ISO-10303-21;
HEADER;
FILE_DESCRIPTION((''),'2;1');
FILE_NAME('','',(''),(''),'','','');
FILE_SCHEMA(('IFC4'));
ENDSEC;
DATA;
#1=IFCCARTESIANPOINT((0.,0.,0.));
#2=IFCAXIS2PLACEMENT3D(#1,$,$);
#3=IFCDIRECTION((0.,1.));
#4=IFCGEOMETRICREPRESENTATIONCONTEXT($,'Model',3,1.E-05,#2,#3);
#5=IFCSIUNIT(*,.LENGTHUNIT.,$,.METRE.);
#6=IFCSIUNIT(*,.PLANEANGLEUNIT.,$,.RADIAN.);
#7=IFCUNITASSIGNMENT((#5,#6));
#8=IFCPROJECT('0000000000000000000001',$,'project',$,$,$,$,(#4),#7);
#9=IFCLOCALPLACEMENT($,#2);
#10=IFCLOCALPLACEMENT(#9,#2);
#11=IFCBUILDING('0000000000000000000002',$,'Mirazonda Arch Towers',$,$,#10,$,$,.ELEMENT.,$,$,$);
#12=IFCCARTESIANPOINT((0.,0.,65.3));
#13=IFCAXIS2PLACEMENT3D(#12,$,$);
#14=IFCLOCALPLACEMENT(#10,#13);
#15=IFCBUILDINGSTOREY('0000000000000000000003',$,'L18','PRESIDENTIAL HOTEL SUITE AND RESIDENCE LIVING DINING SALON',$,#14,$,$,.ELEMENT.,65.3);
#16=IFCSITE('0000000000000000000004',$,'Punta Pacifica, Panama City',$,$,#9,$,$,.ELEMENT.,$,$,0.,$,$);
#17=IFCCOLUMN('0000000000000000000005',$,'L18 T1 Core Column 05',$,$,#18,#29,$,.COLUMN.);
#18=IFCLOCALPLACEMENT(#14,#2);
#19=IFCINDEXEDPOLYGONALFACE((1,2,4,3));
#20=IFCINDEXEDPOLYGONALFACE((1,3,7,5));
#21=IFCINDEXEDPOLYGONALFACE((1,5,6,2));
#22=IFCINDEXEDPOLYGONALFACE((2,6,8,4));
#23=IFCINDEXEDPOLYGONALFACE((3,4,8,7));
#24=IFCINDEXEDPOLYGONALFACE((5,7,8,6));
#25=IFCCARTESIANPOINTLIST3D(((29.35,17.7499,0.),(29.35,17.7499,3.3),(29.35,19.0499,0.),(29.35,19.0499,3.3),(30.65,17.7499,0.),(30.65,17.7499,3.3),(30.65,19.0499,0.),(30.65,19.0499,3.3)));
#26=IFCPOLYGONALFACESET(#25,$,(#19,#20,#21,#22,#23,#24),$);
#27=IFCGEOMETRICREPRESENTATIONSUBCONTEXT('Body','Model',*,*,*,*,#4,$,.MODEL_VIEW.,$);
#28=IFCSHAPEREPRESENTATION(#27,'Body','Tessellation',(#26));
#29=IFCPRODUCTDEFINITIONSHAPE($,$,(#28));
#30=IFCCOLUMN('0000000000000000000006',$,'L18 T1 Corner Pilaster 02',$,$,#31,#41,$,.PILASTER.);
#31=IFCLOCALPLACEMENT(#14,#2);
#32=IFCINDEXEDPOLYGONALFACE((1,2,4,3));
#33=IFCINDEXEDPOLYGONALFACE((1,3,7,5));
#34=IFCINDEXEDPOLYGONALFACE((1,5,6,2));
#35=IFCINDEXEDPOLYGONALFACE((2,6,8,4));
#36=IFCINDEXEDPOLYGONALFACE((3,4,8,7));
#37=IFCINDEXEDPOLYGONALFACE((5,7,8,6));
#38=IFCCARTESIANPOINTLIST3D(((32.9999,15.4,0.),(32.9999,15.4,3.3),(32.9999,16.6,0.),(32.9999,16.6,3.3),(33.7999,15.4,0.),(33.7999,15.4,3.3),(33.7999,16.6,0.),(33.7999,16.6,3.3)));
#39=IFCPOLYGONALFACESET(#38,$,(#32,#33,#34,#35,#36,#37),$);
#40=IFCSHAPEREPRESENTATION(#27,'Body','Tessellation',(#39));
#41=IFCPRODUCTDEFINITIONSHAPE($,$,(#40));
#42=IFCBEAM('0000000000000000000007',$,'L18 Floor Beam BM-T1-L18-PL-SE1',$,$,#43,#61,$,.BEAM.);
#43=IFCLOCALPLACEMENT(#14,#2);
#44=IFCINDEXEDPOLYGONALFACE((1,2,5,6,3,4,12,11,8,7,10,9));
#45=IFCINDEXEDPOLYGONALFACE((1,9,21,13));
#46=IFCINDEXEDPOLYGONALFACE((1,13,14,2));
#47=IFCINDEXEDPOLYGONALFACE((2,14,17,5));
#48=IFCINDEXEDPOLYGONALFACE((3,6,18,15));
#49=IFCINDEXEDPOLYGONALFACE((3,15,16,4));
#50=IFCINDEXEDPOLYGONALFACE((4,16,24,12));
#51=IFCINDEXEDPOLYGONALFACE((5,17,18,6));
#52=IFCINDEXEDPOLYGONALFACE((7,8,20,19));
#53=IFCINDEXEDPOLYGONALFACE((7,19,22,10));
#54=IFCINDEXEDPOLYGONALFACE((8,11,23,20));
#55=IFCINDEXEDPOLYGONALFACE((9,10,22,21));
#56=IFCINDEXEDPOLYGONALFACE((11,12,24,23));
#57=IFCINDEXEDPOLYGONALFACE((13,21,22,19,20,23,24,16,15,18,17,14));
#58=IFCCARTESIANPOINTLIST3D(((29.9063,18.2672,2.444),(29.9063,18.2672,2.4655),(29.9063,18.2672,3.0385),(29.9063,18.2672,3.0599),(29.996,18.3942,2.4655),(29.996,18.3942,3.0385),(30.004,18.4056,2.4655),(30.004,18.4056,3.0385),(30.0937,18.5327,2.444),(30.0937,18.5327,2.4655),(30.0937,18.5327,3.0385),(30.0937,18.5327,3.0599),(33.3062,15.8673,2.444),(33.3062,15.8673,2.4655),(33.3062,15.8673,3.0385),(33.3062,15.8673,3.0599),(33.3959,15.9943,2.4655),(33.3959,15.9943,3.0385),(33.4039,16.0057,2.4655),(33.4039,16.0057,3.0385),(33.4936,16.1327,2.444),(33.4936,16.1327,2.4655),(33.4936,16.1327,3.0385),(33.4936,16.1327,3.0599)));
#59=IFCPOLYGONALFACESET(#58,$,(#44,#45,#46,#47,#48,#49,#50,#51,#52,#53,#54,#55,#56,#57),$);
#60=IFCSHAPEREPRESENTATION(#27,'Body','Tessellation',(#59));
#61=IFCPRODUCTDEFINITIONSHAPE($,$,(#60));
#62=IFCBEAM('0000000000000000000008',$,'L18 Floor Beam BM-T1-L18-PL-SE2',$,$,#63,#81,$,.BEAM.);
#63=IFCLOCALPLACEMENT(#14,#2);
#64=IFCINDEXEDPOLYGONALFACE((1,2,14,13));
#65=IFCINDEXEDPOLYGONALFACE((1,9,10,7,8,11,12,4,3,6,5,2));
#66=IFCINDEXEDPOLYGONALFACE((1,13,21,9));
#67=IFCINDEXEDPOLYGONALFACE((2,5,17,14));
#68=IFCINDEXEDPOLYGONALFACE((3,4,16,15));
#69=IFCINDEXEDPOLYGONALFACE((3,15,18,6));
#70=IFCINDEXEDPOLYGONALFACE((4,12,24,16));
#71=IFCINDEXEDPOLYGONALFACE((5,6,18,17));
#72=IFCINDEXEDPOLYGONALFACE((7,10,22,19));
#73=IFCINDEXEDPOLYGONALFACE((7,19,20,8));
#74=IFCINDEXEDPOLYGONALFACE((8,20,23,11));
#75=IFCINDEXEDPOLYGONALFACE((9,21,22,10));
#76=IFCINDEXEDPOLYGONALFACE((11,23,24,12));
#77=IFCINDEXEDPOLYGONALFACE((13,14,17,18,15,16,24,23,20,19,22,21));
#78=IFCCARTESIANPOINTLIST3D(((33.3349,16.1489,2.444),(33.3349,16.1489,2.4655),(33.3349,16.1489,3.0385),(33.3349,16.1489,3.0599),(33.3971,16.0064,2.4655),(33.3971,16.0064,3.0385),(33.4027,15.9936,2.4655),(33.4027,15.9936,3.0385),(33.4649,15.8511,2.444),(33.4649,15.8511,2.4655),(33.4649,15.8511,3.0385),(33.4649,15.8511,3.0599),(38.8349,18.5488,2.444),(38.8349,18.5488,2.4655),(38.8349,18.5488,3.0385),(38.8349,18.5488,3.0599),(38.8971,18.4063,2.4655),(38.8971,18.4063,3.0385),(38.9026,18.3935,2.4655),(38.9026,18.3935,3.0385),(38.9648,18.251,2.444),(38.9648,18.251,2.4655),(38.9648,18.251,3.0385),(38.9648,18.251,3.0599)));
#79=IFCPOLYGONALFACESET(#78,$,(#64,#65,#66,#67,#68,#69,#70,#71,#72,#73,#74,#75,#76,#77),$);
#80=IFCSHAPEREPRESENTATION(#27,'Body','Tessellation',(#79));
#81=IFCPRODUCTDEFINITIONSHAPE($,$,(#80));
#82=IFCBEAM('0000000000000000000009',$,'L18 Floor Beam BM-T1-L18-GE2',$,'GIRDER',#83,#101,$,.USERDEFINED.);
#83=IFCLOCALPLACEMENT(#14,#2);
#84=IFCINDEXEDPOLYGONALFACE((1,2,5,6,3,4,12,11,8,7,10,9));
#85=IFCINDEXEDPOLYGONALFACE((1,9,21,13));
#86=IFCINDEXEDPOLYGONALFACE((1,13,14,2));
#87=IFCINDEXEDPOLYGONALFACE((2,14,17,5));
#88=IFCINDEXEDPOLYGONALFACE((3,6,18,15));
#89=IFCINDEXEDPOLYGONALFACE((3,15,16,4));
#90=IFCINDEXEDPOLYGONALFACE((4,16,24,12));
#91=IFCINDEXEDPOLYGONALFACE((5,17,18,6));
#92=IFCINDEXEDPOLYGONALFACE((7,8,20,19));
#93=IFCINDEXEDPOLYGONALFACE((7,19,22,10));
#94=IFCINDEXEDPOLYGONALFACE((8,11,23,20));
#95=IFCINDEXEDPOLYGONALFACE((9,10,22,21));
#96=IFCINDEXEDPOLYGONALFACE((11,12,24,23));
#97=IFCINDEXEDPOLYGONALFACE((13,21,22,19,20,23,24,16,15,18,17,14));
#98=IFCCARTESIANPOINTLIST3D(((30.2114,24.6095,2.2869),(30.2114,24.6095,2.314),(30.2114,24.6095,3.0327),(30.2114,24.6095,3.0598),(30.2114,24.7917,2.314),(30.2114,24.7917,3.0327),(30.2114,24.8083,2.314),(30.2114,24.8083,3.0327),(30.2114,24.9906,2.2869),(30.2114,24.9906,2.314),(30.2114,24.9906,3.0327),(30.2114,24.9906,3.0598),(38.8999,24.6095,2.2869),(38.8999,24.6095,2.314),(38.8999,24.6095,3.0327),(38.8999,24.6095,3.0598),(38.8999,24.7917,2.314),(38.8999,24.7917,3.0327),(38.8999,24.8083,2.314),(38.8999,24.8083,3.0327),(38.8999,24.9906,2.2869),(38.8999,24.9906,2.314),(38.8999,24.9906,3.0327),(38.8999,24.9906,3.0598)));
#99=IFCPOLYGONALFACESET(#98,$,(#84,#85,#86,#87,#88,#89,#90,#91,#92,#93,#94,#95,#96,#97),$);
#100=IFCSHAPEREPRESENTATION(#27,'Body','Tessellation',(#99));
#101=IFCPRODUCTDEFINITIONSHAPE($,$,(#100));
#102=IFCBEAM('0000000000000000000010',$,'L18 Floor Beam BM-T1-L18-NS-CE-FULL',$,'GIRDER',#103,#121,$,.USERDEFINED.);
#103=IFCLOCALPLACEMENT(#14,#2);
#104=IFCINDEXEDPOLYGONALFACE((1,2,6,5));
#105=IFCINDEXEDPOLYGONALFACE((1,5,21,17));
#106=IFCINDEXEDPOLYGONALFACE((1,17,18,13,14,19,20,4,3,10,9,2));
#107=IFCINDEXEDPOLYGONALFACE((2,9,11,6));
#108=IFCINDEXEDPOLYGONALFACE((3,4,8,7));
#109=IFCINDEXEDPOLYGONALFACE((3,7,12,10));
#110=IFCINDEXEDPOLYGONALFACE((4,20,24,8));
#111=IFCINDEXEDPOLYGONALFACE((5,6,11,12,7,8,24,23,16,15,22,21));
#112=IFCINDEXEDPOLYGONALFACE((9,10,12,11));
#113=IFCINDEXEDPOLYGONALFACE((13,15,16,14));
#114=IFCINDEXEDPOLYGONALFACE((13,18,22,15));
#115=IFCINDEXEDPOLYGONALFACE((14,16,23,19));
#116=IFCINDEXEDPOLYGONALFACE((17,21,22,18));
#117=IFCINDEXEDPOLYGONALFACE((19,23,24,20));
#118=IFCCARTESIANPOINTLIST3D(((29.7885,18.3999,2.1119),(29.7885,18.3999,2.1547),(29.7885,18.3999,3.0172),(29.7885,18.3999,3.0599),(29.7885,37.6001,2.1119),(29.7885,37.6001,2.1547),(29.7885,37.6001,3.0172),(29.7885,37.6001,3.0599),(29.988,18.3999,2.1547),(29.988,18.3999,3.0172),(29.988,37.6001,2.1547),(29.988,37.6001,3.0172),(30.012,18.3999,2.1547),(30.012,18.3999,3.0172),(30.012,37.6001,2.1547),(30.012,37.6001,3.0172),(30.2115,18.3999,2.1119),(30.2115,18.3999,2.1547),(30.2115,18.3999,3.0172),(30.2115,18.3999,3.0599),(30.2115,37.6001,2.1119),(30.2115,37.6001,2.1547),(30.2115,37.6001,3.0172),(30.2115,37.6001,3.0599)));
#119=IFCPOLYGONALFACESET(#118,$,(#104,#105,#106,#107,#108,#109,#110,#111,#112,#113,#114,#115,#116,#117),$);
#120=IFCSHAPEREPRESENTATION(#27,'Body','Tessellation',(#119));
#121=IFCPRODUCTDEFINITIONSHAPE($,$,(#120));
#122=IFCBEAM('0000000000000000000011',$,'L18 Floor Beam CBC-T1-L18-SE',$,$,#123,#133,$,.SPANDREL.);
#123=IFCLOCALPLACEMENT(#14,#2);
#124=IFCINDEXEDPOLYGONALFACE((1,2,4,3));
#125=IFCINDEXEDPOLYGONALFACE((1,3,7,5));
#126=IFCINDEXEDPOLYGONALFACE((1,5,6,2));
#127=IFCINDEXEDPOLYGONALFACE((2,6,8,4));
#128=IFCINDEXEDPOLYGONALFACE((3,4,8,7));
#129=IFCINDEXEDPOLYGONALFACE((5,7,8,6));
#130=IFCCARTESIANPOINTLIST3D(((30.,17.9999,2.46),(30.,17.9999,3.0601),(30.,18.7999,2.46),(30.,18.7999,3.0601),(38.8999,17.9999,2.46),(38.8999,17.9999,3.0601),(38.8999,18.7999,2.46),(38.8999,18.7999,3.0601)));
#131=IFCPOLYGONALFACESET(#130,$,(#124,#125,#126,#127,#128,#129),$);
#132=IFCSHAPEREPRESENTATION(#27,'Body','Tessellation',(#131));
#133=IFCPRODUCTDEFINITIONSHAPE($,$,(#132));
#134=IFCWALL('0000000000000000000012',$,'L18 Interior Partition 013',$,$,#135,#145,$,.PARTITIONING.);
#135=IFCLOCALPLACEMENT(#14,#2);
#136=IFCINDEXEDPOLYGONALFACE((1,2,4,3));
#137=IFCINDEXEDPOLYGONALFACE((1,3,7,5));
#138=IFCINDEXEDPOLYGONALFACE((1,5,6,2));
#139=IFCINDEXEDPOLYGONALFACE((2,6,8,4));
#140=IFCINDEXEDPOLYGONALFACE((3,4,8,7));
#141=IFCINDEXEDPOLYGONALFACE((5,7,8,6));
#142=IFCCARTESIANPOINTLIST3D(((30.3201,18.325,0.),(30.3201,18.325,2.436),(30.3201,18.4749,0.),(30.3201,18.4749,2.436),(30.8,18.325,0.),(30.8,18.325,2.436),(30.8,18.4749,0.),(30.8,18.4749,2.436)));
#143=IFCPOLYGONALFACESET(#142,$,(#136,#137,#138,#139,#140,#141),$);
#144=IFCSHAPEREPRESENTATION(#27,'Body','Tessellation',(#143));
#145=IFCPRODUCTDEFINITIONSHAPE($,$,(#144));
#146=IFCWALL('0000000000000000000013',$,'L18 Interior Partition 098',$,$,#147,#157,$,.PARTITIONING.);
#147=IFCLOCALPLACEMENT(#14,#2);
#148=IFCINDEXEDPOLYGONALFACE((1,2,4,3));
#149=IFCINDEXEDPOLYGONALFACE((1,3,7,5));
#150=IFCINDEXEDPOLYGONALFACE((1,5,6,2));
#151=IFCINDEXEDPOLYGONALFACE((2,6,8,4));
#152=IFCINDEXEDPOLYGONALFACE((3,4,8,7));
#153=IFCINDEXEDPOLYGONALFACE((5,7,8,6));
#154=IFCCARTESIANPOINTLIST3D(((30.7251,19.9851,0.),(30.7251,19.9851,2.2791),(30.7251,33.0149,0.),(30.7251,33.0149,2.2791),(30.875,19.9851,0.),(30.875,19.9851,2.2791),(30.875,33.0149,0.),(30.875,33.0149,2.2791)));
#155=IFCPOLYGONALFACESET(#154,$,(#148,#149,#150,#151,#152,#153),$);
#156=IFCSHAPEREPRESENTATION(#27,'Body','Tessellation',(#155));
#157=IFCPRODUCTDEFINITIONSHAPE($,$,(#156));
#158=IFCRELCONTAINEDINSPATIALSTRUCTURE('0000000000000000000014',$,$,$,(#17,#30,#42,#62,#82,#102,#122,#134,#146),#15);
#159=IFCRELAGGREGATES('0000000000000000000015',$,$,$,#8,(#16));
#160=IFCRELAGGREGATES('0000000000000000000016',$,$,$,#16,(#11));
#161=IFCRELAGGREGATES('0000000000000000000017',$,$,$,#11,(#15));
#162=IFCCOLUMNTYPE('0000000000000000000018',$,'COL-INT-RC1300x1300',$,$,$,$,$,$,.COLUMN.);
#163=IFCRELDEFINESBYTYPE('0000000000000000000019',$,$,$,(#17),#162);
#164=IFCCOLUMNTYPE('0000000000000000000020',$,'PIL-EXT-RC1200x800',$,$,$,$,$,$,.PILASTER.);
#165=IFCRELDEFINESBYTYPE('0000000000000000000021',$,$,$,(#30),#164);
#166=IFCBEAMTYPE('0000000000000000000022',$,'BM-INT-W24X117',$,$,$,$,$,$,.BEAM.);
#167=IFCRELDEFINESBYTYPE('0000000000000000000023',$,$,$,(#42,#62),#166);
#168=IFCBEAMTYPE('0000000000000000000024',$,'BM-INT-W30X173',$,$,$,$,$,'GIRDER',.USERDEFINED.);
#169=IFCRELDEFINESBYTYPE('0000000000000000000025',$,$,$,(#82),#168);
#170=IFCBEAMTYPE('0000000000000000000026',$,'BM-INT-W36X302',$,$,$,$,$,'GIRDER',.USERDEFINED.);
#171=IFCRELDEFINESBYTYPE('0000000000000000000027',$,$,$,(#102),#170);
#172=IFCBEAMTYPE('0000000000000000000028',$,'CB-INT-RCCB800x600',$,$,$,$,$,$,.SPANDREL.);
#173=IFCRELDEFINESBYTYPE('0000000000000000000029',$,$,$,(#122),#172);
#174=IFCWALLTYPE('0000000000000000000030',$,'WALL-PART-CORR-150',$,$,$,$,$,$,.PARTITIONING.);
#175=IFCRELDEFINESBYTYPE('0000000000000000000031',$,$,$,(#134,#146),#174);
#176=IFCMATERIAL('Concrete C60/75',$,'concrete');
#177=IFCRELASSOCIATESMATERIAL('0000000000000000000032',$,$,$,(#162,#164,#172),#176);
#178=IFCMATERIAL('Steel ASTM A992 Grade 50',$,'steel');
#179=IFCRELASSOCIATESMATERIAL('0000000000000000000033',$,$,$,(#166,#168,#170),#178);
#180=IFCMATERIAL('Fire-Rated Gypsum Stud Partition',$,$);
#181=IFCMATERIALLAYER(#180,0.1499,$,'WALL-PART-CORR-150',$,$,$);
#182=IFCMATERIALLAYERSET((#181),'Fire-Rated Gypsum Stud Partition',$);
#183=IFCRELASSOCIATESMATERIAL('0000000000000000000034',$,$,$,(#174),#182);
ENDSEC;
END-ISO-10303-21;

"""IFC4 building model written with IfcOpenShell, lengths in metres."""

from ifc_helpers import new_model, si_unit, direction, frame, frame_2d, origin, origin_2d, place, context, subcontext, project, spatial, rectangle, i_section, extrude, material, layer, layer_set, material_profile, profile_set, type_object, element, save


model = new_model("IFC4")

# Units and contexts
model_context = context("Model", 3, precision=1e-05, world=origin(), true_north=direction((0.0, 1.0)))
body_context = subcontext(model_context, "Body", "Model", "MODEL_VIEW")
ifc_project = project(units=[si_unit("LENGTHUNIT", "METRE"), si_unit("PLANEANGLEUNIT", "RADIAN")], contexts=[model_context])

# Site, building, storey
site_placement = place(None, origin())
site = spatial("IfcSite", under=ifc_project, at=site_placement, Name="Punta Pacifica, Panama City", CompositionType="ELEMENT", RefElevation=0.0)
building_placement = place(site_placement, origin())
building = spatial("IfcBuilding", under=site, at=building_placement, Name="Mirazonda Arch Towers", CompositionType="ELEMENT")
storey_placement = place(building_placement, frame((0.0, 0.0, 65.3)))
storey = spatial("IfcBuildingStorey", under=building, at=storey_placement, Name="L18", Description="PRESIDENTIAL HOTEL SUITE AND RESIDENCE LIVING DINING SALON", CompositionType="ELEMENT", Elevation=65.3)

# Columns
ifc_material_1 = material(Name="Concrete C60/75", Category="concrete")
ifc_material_profile_1 = material_profile(ifc_material_1, rectangle(XDim=1.3, YDim=1.3, at=origin_2d()), Name="RC1300x1300")
ifc_profile_set_1 = profile_set([ifc_material_profile_1], Name="Concrete C60/75")
column_type_1 = type_object("IfcColumnType", Name="COL-INT-RC1300x1300", PredefinedType="COLUMN", material=ifc_profile_set_1)
column_1_placement = place(storey_placement, frame((30.0, 18.3999, 0.0), z_axis=(0.0, 0.0, 1.0), x_axis=(1.0, 0.0, 0.0)))
element("IfcColumn", 1, at=column_1_placement, inside=storey, type_object=column_type_1, Name="L18 T1 Core Column 05", PredefinedType="COLUMN", context=body_context, shape_type="SweptSolid", body=[
    extrude(rectangle(XDim=1.3, YDim=1.3, at=origin_2d()), origin(), (0.0, 0.0, 1.0), 3.3),
])
ifc_material_profile_2 = material_profile(ifc_material_1, rectangle(XDim=0.8, YDim=1.2, at=origin_2d()), Name="RC1200x800")
ifc_profile_set_2 = profile_set([ifc_material_profile_2], Name="Concrete C60/75")
column_type_2 = type_object("IfcColumnType", Name="PIL-EXT-RC1200x800", PredefinedType="PILASTER", material=ifc_profile_set_2)
column_2_placement = place(storey_placement, frame((33.3999, 16.0, 0.0), z_axis=(0.0, 0.0, 1.0), x_axis=(1.0, 0.0, 0.0)))
element("IfcColumn", 2, at=column_2_placement, inside=storey, type_object=column_type_2, Name="L18 T1 Corner Pilaster 02", PredefinedType="PILASTER", context=body_context, shape_type="SweptSolid", body=[
    extrude(rectangle(XDim=0.8, YDim=1.2, at=origin_2d()), origin(), (0.0, 0.0, 1.0), 3.3),
])

# Beams
ifc_material_2 = material(Name="Steel ASTM A992 Grade 50", Category="steel")
ifc_material_profile_3 = material_profile(ifc_material_2, i_section(OverallWidth=0.325, OverallDepth=0.616, WebThickness=0.0139, FlangeThickness=0.0215, at=origin_2d()), Name="W24X117")
ifc_profile_set_3 = profile_set([ifc_material_profile_3], Name="Steel ASTM A992 Grade 50")
beam_type_1 = type_object("IfcBeamType", Name="BM-INT-W24X117", PredefinedType="BEAM", material=ifc_profile_set_3)
beam_1_placement = place(storey_placement, frame((33.3999, 16.0, 2.752), z_axis=(-0.816971, 0.576679, 0.0), x_axis=(-0.576679, -0.816971, 0.0)))
element("IfcBeam", 3, at=beam_1_placement, inside=storey, type_object=beam_type_1, Name="L18 Floor Beam BM-T1-L18-PL-SE1", PredefinedType="BEAM", context=body_context, shape_type="SweptSolid", body=[
    extrude(i_section(OverallWidth=0.325, OverallDepth=0.616, WebThickness=0.0139, FlangeThickness=0.0215, at=origin_2d()), origin(), (0.0, 0.0, 1.0), 4.1616),
])
beam_2_placement = place(storey_placement, frame((33.3999, 16.0, 2.752), z_axis=(0.916545, 0.399931, 0.0), x_axis=(-0.399931, 0.916545, 0.0)))
element("IfcBeam", 4, at=beam_2_placement, inside=storey, type_object=beam_type_1, Name="L18 Floor Beam BM-T1-L18-PL-SE2", PredefinedType="BEAM", context=body_context, shape_type="SweptSolid", body=[
    extrude(i_section(OverallWidth=0.325, OverallDepth=0.616, WebThickness=0.0139, FlangeThickness=0.0215, at=origin_2d()), origin(), (0.0, 0.0, 1.0), 6.0007),
])
ifc_material_profile_4 = material_profile(ifc_material_2, i_section(OverallWidth=0.3811, OverallDepth=0.7729, WebThickness=0.0166, FlangeThickness=0.0271, at=origin_2d()), Name="W30X173")
ifc_profile_set_4 = profile_set([ifc_material_profile_4], Name="Steel ASTM A992 Grade 50")
beam_type_2 = type_object("IfcBeamType", Name="BM-INT-W30X173", ElementType="GIRDER", PredefinedType="USERDEFINED", material=ifc_profile_set_4)
beam_3_placement = place(storey_placement, frame((30.2114, 24.8, 2.6733), z_axis=(1.0, 0.0, 0.0), x_axis=(0.0, 1.0, 0.0)))
element("IfcBeam", 5, at=beam_3_placement, inside=storey, type_object=beam_type_2, Name="L18 Floor Beam BM-T1-L18-GE2", ObjectType="GIRDER", PredefinedType="USERDEFINED", context=body_context, shape_type="SweptSolid", body=[
    extrude(i_section(OverallWidth=0.3811, OverallDepth=0.7729, WebThickness=0.0166, FlangeThickness=0.0271, at=origin_2d()), origin(), (0.0, 0.0, 1.0), 8.6885),
])
ifc_material_profile_5 = material_profile(ifc_material_2, i_section(OverallWidth=0.4231, OverallDepth=0.948, WebThickness=0.0239, FlangeThickness=0.0427, at=origin_2d()), Name="W36X302")
ifc_profile_set_5 = profile_set([ifc_material_profile_5], Name="Steel ASTM A992 Grade 50")
beam_type_3 = type_object("IfcBeamType", Name="BM-INT-W36X302", ElementType="GIRDER", PredefinedType="USERDEFINED", material=ifc_profile_set_5)
beam_4_placement = place(storey_placement, frame((30.0, 18.3999, 2.5859), z_axis=(0.0, 1.0, 0.0), x_axis=(-1.0, 0.0, 0.0)))
element("IfcBeam", 6, at=beam_4_placement, inside=storey, type_object=beam_type_3, Name="L18 Floor Beam BM-T1-L18-NS-CE-FULL", ObjectType="GIRDER", PredefinedType="USERDEFINED", context=body_context, shape_type="SweptSolid", body=[
    extrude(i_section(OverallWidth=0.4231, OverallDepth=0.948, WebThickness=0.0239, FlangeThickness=0.0427, at=origin_2d()), origin(), (0.0, 0.0, 1.0), 19.2002),
])
ifc_material_profile_6 = material_profile(ifc_material_1, rectangle(XDim=0.8, YDim=0.6001, at=origin_2d()), Name="RCCB800x600")
ifc_profile_set_6 = profile_set([ifc_material_profile_6], Name="Concrete C60/75")
beam_type_4 = type_object("IfcBeamType", Name="CB-INT-RCCB800x600", PredefinedType="SPANDREL", material=ifc_profile_set_6)
beam_5_placement = place(storey_placement, frame((30.0, 18.3999, 2.76), z_axis=(1.0, 0.0, 0.0), x_axis=(0.0, 1.0, 0.0)))
element("IfcBeam", 7, at=beam_5_placement, inside=storey, type_object=beam_type_4, Name="L18 Floor Beam CBC-T1-L18-SE", PredefinedType="SPANDREL", context=body_context, shape_type="SweptSolid", body=[
    extrude(rectangle(XDim=0.8, YDim=0.6001, at=origin_2d()), origin(), (0.0, 0.0, 1.0), 8.8999),
])

# Walls
ifc_material_3 = material(Name="Fire-Rated Gypsum Stud Partition")
ifc_layer_1 = layer(ifc_material_3, 0.1499, Name="WALL-PART-CORR-150")
ifc_layer_set_1 = layer_set([ifc_layer_1], Name="Fire-Rated Gypsum Stud Partition")
wall_type_1 = type_object("IfcWallType", Name="WALL-PART-CORR-150", PredefinedType="PARTITIONING", material=ifc_layer_set_1)
wall_1_placement = place(storey_placement, frame((30.3201, 18.3999, 0.0), z_axis=(0.0, 0.0, 1.0), x_axis=(1.0, 0.0, 0.0)))
element("IfcWall", 8, at=wall_1_placement, inside=storey, type_object=wall_type_1, Name="L18 Interior Partition 013", PredefinedType="PARTITIONING", context=body_context, shape_type="SweptSolid", body=[
    extrude(rectangle(XDim=0.48, YDim=0.1499, at=frame_2d((0.24, 0.0))), origin(), (0.0, 0.0, 1.0), 2.436),
])
wall_2_placement = place(storey_placement, frame((30.8, 19.9851, 0.0), z_axis=(0.0, 0.0, 1.0), x_axis=(0.0, 1.0, 0.0)))
element("IfcWall", 9, at=wall_2_placement, inside=storey, type_object=wall_type_1, Name="L18 Interior Partition 098", PredefinedType="PARTITIONING", context=body_context, shape_type="SweptSolid", body=[
    extrude(rectangle(XDim=13.0298, YDim=0.1499, at=frame_2d((6.5149, 0.0))), origin(), (0.0, 0.0, 1.0), 2.2791),
])

save(model, "model.ifc")
